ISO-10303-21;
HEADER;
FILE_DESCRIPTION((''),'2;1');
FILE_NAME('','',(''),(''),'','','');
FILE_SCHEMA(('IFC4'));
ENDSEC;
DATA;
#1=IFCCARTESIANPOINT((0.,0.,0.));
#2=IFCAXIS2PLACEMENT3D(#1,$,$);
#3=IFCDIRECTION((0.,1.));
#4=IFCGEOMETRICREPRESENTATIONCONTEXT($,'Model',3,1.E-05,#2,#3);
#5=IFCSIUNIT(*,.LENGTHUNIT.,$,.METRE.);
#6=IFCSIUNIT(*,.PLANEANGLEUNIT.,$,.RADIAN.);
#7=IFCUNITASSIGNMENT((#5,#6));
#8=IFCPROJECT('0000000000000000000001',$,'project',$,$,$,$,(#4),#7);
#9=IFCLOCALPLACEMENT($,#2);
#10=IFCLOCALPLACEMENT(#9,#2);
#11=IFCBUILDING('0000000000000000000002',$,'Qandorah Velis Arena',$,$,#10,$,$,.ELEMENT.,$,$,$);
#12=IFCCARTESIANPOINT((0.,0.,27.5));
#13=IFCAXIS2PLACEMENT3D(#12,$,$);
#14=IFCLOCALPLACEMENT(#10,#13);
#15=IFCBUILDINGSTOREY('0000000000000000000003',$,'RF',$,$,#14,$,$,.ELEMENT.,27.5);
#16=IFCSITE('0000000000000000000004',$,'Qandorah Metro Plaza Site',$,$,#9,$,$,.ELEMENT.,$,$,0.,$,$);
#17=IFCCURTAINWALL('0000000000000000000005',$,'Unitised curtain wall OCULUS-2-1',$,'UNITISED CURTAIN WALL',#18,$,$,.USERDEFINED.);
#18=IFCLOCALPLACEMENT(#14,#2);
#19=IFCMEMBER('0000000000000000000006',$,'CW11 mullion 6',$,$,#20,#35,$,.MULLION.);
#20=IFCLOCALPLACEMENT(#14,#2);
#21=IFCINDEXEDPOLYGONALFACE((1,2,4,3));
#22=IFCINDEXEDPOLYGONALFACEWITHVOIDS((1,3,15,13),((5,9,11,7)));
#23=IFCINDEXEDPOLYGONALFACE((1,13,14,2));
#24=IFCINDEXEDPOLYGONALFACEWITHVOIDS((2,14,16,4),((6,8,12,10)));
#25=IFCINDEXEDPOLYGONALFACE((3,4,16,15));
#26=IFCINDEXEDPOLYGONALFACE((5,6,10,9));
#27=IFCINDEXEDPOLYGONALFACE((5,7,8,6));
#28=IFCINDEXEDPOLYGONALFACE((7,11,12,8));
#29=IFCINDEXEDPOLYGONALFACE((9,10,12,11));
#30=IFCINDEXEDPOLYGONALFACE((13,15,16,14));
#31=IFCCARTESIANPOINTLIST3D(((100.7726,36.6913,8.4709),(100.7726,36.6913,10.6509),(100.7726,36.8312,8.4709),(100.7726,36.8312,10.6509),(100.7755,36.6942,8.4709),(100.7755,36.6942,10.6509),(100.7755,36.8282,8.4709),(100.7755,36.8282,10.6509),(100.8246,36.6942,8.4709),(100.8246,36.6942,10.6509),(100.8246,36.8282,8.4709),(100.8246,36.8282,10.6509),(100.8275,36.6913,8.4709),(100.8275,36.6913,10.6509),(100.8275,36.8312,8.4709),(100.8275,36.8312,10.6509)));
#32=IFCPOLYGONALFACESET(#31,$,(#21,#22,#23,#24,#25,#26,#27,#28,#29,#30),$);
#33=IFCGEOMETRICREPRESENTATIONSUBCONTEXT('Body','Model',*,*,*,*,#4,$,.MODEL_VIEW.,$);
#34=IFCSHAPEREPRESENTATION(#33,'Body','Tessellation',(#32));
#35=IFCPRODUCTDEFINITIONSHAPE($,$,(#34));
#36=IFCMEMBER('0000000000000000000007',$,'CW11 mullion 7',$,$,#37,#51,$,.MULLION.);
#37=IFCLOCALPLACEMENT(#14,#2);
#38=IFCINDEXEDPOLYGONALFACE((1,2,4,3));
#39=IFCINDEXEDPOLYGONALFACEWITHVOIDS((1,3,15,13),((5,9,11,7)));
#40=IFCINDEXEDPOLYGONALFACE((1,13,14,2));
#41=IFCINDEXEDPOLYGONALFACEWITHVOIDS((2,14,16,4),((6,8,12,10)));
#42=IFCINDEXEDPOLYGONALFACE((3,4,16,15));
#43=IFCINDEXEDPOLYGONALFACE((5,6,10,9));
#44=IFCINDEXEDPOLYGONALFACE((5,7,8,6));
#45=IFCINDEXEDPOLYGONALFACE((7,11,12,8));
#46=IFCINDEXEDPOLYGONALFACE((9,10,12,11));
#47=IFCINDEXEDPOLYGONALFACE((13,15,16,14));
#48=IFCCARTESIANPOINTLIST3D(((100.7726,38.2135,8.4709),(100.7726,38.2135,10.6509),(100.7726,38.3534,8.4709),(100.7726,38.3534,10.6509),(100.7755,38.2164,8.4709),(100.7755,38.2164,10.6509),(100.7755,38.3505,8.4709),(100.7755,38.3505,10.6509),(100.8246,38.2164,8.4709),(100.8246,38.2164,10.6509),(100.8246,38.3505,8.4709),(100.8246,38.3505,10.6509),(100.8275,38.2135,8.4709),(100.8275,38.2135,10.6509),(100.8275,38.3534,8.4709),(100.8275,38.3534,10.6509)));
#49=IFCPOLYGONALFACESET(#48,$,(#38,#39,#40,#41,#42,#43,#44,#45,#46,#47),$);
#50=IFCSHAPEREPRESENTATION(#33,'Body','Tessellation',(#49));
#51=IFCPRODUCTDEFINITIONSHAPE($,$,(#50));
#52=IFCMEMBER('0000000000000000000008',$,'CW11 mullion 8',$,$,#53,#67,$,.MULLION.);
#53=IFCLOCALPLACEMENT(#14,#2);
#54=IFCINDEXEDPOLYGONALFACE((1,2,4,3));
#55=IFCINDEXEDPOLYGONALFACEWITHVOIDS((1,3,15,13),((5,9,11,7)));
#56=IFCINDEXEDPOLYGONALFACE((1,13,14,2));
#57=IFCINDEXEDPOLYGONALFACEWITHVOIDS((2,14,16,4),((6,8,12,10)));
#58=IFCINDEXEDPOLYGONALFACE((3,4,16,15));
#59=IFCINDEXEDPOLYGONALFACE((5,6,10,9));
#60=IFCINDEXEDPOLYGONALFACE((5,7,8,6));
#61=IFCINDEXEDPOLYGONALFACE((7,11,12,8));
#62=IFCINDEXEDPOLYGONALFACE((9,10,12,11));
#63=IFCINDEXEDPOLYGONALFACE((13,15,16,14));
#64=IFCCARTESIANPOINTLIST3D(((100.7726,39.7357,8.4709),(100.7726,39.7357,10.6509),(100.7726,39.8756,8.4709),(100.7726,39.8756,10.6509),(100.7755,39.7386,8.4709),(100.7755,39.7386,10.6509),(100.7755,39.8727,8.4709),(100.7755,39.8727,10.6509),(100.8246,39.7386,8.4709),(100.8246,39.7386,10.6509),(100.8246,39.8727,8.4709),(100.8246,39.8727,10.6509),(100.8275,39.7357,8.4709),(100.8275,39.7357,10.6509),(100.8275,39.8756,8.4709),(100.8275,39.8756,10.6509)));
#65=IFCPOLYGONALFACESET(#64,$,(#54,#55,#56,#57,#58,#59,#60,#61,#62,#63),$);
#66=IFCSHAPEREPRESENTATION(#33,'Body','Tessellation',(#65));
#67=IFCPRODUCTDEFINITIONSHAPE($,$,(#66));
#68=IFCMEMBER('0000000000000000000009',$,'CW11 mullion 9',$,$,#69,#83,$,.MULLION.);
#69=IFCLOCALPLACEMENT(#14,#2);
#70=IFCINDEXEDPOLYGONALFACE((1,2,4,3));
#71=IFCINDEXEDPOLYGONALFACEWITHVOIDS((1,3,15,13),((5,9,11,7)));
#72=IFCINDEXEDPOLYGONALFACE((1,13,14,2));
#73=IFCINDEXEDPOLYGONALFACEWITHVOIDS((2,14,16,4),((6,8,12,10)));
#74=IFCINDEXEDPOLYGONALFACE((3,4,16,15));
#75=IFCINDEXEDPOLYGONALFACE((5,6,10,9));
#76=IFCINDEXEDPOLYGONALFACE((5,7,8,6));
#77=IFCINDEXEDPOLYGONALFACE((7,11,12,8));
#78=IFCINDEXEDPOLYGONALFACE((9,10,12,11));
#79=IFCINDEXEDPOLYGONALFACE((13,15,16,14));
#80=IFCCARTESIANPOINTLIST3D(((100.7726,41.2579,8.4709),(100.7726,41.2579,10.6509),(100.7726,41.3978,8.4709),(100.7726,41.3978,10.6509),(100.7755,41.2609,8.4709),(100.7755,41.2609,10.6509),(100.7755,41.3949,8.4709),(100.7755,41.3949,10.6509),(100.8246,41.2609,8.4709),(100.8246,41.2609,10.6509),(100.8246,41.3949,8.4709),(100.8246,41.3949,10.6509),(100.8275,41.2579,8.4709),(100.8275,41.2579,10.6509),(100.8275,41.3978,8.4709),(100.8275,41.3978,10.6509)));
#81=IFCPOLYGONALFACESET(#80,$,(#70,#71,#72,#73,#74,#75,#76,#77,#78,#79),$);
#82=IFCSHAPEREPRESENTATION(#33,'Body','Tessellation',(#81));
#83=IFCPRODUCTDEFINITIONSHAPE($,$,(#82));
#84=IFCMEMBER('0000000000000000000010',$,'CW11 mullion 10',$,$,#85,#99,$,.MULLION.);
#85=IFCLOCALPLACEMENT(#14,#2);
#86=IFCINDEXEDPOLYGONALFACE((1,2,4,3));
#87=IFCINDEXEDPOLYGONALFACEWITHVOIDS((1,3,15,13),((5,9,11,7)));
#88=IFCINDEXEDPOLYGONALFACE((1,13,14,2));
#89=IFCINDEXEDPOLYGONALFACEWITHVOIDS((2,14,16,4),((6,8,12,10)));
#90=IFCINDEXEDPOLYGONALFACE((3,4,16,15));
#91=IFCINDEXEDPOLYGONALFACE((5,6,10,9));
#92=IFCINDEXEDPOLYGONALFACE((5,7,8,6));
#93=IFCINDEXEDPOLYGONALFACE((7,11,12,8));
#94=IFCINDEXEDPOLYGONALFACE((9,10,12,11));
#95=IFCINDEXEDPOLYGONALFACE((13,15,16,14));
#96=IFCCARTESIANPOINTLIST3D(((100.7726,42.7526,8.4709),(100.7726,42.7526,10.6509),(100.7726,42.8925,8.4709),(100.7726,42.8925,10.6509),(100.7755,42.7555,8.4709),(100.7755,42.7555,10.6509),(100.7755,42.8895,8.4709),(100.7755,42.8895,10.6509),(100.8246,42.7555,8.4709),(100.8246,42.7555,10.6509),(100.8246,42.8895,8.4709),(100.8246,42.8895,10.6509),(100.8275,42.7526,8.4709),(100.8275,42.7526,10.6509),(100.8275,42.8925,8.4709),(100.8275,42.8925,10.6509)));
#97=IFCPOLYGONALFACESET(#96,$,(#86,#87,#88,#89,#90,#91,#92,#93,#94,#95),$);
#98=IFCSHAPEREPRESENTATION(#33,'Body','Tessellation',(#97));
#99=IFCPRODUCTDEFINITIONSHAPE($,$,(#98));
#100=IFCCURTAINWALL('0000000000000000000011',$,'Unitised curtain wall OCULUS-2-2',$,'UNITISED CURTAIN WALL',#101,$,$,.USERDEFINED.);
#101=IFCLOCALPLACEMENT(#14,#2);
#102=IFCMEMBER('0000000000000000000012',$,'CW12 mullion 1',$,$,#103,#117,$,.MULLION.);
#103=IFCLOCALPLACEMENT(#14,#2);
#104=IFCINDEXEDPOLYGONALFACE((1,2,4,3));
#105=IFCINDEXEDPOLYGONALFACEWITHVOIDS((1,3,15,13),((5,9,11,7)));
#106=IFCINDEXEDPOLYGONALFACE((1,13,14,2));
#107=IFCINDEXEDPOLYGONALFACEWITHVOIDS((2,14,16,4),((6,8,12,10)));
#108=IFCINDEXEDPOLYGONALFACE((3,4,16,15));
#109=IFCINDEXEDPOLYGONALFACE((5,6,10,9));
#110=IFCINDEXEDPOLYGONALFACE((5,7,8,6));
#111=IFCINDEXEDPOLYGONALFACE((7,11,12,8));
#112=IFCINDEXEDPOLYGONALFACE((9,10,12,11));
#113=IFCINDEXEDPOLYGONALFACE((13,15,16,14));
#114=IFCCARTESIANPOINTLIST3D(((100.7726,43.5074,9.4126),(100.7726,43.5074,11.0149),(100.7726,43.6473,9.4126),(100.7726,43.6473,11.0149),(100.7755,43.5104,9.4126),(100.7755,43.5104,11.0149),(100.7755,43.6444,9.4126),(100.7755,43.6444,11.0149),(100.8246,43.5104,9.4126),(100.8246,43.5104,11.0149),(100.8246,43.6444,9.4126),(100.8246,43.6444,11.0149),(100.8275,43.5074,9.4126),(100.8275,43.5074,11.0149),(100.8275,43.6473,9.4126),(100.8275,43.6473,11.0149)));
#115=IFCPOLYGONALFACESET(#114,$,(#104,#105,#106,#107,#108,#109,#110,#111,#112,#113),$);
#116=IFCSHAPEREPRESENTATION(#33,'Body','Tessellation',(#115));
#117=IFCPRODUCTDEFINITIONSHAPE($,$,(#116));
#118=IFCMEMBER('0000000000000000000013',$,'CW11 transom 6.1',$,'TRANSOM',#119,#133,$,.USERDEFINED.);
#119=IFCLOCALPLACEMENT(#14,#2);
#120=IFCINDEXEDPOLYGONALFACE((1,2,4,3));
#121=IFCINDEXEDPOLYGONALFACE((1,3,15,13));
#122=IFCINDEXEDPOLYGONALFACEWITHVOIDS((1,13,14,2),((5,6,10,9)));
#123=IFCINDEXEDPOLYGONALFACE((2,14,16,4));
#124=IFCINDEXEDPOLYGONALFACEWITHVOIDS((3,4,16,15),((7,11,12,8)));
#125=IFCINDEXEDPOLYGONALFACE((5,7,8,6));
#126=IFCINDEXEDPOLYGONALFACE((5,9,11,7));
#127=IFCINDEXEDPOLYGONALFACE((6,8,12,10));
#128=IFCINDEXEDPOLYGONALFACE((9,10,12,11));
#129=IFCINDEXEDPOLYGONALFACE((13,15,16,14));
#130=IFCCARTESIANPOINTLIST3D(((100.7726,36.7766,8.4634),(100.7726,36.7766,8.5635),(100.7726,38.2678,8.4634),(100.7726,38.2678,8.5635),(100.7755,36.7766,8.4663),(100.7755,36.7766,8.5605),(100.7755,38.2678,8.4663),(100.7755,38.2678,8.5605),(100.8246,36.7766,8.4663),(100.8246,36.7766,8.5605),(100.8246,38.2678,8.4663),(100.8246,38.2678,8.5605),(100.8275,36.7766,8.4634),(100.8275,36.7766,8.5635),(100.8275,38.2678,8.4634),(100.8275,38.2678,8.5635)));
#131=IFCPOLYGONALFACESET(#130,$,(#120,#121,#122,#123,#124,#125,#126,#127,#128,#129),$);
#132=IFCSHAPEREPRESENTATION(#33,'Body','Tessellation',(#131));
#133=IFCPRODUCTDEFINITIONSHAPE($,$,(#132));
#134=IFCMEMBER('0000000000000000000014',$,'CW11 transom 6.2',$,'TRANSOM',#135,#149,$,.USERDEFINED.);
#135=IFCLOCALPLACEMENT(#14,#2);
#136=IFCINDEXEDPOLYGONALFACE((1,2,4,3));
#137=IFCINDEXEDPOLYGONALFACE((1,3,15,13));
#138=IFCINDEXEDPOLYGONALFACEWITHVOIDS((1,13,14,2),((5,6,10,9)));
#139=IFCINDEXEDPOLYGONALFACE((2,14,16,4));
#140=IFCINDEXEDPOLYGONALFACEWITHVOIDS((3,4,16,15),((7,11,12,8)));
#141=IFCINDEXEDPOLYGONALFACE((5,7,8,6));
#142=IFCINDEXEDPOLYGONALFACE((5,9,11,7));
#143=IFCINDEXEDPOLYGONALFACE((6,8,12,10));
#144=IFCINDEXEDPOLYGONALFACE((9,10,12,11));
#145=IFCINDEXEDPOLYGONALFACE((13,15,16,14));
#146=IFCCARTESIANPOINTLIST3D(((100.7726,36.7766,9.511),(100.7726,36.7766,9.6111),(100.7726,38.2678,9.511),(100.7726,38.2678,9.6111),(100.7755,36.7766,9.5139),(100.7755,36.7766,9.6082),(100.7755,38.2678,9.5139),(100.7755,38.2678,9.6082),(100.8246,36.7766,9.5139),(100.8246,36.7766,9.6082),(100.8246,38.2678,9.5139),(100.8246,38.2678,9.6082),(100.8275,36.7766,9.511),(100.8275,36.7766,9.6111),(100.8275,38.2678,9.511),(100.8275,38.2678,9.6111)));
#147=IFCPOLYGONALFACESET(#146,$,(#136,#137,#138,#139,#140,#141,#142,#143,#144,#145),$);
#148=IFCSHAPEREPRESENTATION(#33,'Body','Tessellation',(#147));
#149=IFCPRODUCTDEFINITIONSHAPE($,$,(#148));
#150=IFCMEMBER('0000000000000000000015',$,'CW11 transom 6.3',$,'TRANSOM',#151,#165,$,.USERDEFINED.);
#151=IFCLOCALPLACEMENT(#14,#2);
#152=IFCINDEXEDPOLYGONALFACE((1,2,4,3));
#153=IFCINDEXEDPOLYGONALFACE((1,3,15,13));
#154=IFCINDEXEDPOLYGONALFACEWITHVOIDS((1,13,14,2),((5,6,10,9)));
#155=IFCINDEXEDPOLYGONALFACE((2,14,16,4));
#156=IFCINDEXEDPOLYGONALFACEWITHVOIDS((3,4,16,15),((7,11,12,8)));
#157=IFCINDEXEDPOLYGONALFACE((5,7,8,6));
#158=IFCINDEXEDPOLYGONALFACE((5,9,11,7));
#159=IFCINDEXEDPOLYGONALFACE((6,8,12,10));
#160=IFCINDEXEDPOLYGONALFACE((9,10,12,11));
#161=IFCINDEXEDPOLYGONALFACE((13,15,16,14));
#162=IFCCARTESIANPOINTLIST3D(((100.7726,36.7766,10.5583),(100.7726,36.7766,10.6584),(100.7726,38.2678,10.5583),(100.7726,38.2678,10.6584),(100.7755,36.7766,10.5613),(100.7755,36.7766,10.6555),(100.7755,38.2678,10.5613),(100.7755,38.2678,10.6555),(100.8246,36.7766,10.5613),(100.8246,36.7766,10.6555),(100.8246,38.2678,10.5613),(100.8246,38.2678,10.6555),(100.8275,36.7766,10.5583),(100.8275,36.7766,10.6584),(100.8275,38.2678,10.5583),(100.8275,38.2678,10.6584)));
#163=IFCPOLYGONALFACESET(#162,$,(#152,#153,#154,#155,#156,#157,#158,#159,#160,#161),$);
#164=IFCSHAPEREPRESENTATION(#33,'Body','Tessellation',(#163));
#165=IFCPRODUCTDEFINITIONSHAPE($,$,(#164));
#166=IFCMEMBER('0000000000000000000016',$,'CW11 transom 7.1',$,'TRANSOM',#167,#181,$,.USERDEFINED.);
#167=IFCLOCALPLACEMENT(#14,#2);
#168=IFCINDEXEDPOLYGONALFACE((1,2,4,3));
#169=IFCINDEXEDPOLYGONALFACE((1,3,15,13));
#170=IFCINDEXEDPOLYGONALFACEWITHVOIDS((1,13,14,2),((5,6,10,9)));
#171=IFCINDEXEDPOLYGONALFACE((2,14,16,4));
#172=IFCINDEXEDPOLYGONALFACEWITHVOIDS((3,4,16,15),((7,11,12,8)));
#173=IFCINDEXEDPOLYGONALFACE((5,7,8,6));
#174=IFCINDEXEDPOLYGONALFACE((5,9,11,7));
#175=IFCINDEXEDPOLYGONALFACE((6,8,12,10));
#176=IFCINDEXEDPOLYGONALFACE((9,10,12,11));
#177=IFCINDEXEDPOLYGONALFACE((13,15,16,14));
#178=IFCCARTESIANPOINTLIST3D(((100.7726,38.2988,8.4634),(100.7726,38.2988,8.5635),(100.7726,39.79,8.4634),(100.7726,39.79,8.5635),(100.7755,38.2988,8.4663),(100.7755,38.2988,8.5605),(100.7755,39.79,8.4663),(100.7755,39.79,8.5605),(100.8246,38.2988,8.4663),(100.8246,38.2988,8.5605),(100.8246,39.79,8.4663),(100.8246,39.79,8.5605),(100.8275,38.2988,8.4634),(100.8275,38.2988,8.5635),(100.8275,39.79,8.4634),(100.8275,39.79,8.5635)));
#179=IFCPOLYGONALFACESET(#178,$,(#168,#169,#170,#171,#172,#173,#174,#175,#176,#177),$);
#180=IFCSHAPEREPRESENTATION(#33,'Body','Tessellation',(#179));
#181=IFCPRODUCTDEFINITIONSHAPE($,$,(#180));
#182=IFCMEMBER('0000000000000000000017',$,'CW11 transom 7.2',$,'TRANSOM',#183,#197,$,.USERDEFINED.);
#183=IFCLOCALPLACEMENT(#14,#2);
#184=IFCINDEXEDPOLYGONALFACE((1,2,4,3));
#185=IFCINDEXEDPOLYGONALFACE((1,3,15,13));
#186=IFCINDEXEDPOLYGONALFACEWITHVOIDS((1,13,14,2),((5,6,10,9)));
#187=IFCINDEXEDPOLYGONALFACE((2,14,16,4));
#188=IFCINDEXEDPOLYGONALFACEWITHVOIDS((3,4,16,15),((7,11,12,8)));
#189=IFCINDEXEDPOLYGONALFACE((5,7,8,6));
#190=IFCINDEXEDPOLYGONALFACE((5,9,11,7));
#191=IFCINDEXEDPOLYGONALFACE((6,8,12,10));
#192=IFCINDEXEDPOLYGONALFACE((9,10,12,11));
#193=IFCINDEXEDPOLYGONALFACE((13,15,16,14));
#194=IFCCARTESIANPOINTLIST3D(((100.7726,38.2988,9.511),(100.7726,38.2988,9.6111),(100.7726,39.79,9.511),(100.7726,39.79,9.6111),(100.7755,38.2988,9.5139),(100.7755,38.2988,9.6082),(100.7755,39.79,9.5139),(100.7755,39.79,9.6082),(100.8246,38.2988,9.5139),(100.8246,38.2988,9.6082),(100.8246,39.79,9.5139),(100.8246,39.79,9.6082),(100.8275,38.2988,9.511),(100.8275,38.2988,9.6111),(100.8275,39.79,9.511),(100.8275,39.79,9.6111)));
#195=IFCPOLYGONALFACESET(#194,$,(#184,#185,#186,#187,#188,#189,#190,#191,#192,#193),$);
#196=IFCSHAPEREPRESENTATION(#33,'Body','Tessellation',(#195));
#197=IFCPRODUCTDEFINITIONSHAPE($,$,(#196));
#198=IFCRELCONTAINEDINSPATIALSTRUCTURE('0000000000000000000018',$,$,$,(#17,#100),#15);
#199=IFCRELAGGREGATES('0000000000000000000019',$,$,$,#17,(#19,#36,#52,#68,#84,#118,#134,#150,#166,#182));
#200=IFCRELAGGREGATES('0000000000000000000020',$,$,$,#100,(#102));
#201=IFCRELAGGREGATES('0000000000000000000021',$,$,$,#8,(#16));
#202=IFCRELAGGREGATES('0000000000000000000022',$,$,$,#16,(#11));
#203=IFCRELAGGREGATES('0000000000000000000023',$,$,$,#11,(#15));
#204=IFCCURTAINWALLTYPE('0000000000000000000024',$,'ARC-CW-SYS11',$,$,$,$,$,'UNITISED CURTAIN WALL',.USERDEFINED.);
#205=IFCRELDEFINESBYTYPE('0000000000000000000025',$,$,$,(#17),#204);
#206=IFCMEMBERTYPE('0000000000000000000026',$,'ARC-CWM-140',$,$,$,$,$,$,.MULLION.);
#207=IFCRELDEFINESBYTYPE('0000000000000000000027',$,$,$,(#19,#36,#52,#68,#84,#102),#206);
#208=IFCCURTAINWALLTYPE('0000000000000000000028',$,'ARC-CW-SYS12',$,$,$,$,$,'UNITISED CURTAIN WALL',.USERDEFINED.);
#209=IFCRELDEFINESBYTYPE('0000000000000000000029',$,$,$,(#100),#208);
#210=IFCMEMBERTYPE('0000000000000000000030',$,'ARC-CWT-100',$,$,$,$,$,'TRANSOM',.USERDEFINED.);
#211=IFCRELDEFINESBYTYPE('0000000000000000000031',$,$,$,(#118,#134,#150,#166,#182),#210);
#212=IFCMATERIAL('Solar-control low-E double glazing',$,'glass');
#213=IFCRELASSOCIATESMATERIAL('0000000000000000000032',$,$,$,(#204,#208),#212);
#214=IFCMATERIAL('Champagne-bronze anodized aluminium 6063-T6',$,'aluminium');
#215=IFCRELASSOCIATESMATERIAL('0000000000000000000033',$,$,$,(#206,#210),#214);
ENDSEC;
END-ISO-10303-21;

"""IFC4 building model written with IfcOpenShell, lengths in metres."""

from ifc_helpers import new_model, si_unit, direction, frame, origin, origin_2d, place, context, subcontext, project, spatial, hollow_rectangle, extrude, material, material_profile, profile_set, type_object, element, aggregate, save


model = new_model("IFC4")

# Units and contexts
model_context = context("Model", 3, precision=1e-05, world=origin(), true_north=direction((0.0, 1.0)))
body_context = subcontext(model_context, "Body", "Model", "MODEL_VIEW")
ifc_project = project(units=[si_unit("LENGTHUNIT", "METRE"), si_unit("PLANEANGLEUNIT", "RADIAN")], contexts=[model_context])

# Site, building, storey
site_placement = place(None, origin())
site = spatial("IfcSite", under=ifc_project, at=site_placement, Name="Qandorah Metro Plaza Site", CompositionType="ELEMENT", RefElevation=0.0)
building_placement = place(site_placement, origin())
building = spatial("IfcBuilding", under=site, at=building_placement, Name="Qandorah Velis Arena", CompositionType="ELEMENT")
storey_placement = place(building_placement, frame((0.0, 0.0, 27.5)))
storey = spatial("IfcBuildingStorey", under=building, at=storey_placement, Name="RF", CompositionType="ELEMENT", Elevation=27.5)

# Curtain wall, members
ifc_material_1 = material(Name="Solar-control low-E double glazing", Category="glass")
curtain_wall_type_1 = type_object("IfcCurtainWallType", Name="ARC-CW-SYS11", ElementType="UNITISED CURTAIN WALL", PredefinedType="USERDEFINED", material=ifc_material_1)
curtain_wall_1_placement = place(storey_placement, origin())
curtain_wall_1 = element("IfcCurtainWall", 1, at=curtain_wall_1_placement, inside=storey, type_object=curtain_wall_type_1, Name="Unitised curtain wall OCULUS-2-1", ObjectType="UNITISED CURTAIN WALL", PredefinedType="USERDEFINED")
ifc_material_2 = material(Name="Champagne-bronze anodized aluminium 6063-T6", Category="aluminium")
ifc_material_profile_1 = material_profile(ifc_material_2, hollow_rectangle(XDim=0.0549, YDim=0.1399, WallThickness=0.0029, at=origin_2d()), Name="ALU MULLION 55x140")
ifc_profile_set_1 = profile_set([ifc_material_profile_1], Name="Champagne-bronze anodized aluminium 6063-T6")
member_type_1 = type_object("IfcMemberType", Name="ARC-CWM-140", PredefinedType="MULLION", material=ifc_profile_set_1)
member_1_placement = place(storey_placement, frame((100.8, 36.7612, 8.4709), z_axis=(0.0, 0.0, 1.0), x_axis=(-1.0, 0.0, 0.0)))
member_1 = element("IfcMember", 2, at=member_1_placement, type_object=member_type_1, Name="CW11 mullion 6", PredefinedType="MULLION", context=body_context, shape_type="SweptSolid", body=[
    extrude(hollow_rectangle(XDim=0.0549, YDim=0.1399, WallThickness=0.0029, at=origin_2d()), origin(), (0.0, 0.0, 1.0), 2.1799),
])
member_2_placement = place(storey_placement, frame((100.8, 38.2834, 8.4709), z_axis=(0.0, 0.0, 1.0), x_axis=(-1.0, 0.0, 0.0)))
member_2 = element("IfcMember", 3, at=member_2_placement, type_object=member_type_1, Name="CW11 mullion 7", PredefinedType="MULLION", context=body_context, shape_type="SweptSolid", body=[
    extrude(hollow_rectangle(XDim=0.0549, YDim=0.1399, WallThickness=0.0029, at=origin_2d()), origin(), (0.0, 0.0, 1.0), 2.1799),
])
member_3_placement = place(storey_placement, frame((100.8, 39.8057, 8.4709), z_axis=(0.0, 0.0, 1.0), x_axis=(-1.0, 0.0, 0.0)))
member_3 = element("IfcMember", 4, at=member_3_placement, type_object=member_type_1, Name="CW11 mullion 8", PredefinedType="MULLION", context=body_context, shape_type="SweptSolid", body=[
    extrude(hollow_rectangle(XDim=0.0549, YDim=0.1399, WallThickness=0.0029, at=origin_2d()), origin(), (0.0, 0.0, 1.0), 2.1799),
])
member_4_placement = place(storey_placement, frame((100.8, 41.3279, 8.4709), z_axis=(0.0, 0.0, 1.0), x_axis=(-1.0, 0.0, 0.0)))
member_4 = element("IfcMember", 5, at=member_4_placement, type_object=member_type_1, Name="CW11 mullion 9", PredefinedType="MULLION", context=body_context, shape_type="SweptSolid", body=[
    extrude(hollow_rectangle(XDim=0.0549, YDim=0.1399, WallThickness=0.0029, at=origin_2d()), origin(), (0.0, 0.0, 1.0), 2.1799),
])
member_5_placement = place(storey_placement, frame((100.8, 42.8225, 8.4709), z_axis=(0.0, 0.0, 1.0), x_axis=(-1.0, 0.0, 0.0)))
member_5 = element("IfcMember", 6, at=member_5_placement, type_object=member_type_1, Name="CW11 mullion 10", PredefinedType="MULLION", context=body_context, shape_type="SweptSolid", body=[
    extrude(hollow_rectangle(XDim=0.0549, YDim=0.1399, WallThickness=0.0029, at=origin_2d()), origin(), (0.0, 0.0, 1.0), 2.1799),
])

# Curtain wall, member
curtain_wall_type_2 = type_object("IfcCurtainWallType", Name="ARC-CW-SYS12", ElementType="UNITISED CURTAIN WALL", PredefinedType="USERDEFINED", material=ifc_material_1)
curtain_wall_2_placement = place(storey_placement, origin())
curtain_wall_2 = element("IfcCurtainWall", 7, at=curtain_wall_2_placement, inside=storey, type_object=curtain_wall_type_2, Name="Unitised curtain wall OCULUS-2-2", ObjectType="UNITISED CURTAIN WALL", PredefinedType="USERDEFINED")
member_6_placement = place(storey_placement, frame((100.8, 43.5774, 9.4126), z_axis=(0.0, 0.0, 1.0), x_axis=(-1.0, 0.0, 0.0)))
member_6 = element("IfcMember", 8, at=member_6_placement, type_object=member_type_1, Name="CW12 mullion 1", PredefinedType="MULLION", context=body_context, shape_type="SweptSolid", body=[
    extrude(hollow_rectangle(XDim=0.0549, YDim=0.1399, WallThickness=0.0029, at=origin_2d()), origin(), (0.0, 0.0, 1.0), 1.6023),
])

# Members
ifc_material_profile_2 = material_profile(ifc_material_2, hollow_rectangle(XDim=0.0549, YDim=0.1001, WallThickness=0.0029, at=origin_2d()), Name="ALU TRANSOM 55x100")
ifc_profile_set_2 = profile_set([ifc_material_profile_2], Name="Champagne-bronze anodized aluminium 6063-T6")
member_type_2 = type_object("IfcMemberType", Name="ARC-CWT-100", ElementType="TRANSOM", PredefinedType="USERDEFINED", material=ifc_profile_set_2)
member_7_placement = place(storey_placement, frame((100.8, 36.7766, 8.5134), z_axis=(0.0, 1.0, 0.0), x_axis=(-1.0, 0.0, 0.0)))
member_7 = element("IfcMember", 9, at=member_7_placement, type_object=member_type_2, Name="CW11 transom 6.1", ObjectType="TRANSOM", PredefinedType="USERDEFINED", context=body_context, shape_type="SweptSolid", body=[
    extrude(hollow_rectangle(XDim=0.0549, YDim=0.1001, WallThickness=0.0029, at=origin_2d()), origin(), (0.0, 0.0, 1.0), 1.4912),
])
member_8_placement = place(storey_placement, frame((100.8, 36.7766, 9.561), z_axis=(0.0, 1.0, 0.0), x_axis=(-1.0, 0.0, 0.0)))
member_8 = element("IfcMember", 10, at=member_8_placement, type_object=member_type_2, Name="CW11 transom 6.2", ObjectType="TRANSOM", PredefinedType="USERDEFINED", context=body_context, shape_type="SweptSolid", body=[
    extrude(hollow_rectangle(XDim=0.0549, YDim=0.1001, WallThickness=0.0029, at=origin_2d()), origin(), (0.0, 0.0, 1.0), 1.4912),
])
member_9_placement = place(storey_placement, frame((100.8, 36.7766, 10.6084), z_axis=(0.0, 1.0, 0.0), x_axis=(-1.0, 0.0, 0.0)))
member_9 = element("IfcMember", 11, at=member_9_placement, type_object=member_type_2, Name="CW11 transom 6.3", ObjectType="TRANSOM", PredefinedType="USERDEFINED", context=body_context, shape_type="SweptSolid", body=[
    extrude(hollow_rectangle(XDim=0.0549, YDim=0.1001, WallThickness=0.0029, at=origin_2d()), origin(), (0.0, 0.0, 1.0), 1.4912),
])
member_10_placement = place(storey_placement, frame((100.8, 38.2988, 8.5134), z_axis=(0.0, 1.0, 0.0), x_axis=(-1.0, 0.0, 0.0)))
member_10 = element("IfcMember", 12, at=member_10_placement, type_object=member_type_2, Name="CW11 transom 7.1", ObjectType="TRANSOM", PredefinedType="USERDEFINED", context=body_context, shape_type="SweptSolid", body=[
    extrude(hollow_rectangle(XDim=0.0549, YDim=0.1001, WallThickness=0.0029, at=origin_2d()), origin(), (0.0, 0.0, 1.0), 1.4912),
])
member_11_placement = place(storey_placement, frame((100.8, 38.2988, 9.561), z_axis=(0.0, 1.0, 0.0), x_axis=(-1.0, 0.0, 0.0)))
member_11 = element("IfcMember", 13, at=member_11_placement, type_object=member_type_2, Name="CW11 transom 7.2", ObjectType="TRANSOM", PredefinedType="USERDEFINED", context=body_context, shape_type="SweptSolid", body=[
    extrude(hollow_rectangle(XDim=0.0549, YDim=0.1001, WallThickness=0.0029, at=origin_2d()), origin(), (0.0, 0.0, 1.0), 1.4912),
])

aggregate(curtain_wall_1, [member_1, member_2, member_3, member_4, member_5, member_7, member_8, member_9, member_10, member_11])
aggregate(curtain_wall_2, [member_6])

save(model, "model.ifc")
